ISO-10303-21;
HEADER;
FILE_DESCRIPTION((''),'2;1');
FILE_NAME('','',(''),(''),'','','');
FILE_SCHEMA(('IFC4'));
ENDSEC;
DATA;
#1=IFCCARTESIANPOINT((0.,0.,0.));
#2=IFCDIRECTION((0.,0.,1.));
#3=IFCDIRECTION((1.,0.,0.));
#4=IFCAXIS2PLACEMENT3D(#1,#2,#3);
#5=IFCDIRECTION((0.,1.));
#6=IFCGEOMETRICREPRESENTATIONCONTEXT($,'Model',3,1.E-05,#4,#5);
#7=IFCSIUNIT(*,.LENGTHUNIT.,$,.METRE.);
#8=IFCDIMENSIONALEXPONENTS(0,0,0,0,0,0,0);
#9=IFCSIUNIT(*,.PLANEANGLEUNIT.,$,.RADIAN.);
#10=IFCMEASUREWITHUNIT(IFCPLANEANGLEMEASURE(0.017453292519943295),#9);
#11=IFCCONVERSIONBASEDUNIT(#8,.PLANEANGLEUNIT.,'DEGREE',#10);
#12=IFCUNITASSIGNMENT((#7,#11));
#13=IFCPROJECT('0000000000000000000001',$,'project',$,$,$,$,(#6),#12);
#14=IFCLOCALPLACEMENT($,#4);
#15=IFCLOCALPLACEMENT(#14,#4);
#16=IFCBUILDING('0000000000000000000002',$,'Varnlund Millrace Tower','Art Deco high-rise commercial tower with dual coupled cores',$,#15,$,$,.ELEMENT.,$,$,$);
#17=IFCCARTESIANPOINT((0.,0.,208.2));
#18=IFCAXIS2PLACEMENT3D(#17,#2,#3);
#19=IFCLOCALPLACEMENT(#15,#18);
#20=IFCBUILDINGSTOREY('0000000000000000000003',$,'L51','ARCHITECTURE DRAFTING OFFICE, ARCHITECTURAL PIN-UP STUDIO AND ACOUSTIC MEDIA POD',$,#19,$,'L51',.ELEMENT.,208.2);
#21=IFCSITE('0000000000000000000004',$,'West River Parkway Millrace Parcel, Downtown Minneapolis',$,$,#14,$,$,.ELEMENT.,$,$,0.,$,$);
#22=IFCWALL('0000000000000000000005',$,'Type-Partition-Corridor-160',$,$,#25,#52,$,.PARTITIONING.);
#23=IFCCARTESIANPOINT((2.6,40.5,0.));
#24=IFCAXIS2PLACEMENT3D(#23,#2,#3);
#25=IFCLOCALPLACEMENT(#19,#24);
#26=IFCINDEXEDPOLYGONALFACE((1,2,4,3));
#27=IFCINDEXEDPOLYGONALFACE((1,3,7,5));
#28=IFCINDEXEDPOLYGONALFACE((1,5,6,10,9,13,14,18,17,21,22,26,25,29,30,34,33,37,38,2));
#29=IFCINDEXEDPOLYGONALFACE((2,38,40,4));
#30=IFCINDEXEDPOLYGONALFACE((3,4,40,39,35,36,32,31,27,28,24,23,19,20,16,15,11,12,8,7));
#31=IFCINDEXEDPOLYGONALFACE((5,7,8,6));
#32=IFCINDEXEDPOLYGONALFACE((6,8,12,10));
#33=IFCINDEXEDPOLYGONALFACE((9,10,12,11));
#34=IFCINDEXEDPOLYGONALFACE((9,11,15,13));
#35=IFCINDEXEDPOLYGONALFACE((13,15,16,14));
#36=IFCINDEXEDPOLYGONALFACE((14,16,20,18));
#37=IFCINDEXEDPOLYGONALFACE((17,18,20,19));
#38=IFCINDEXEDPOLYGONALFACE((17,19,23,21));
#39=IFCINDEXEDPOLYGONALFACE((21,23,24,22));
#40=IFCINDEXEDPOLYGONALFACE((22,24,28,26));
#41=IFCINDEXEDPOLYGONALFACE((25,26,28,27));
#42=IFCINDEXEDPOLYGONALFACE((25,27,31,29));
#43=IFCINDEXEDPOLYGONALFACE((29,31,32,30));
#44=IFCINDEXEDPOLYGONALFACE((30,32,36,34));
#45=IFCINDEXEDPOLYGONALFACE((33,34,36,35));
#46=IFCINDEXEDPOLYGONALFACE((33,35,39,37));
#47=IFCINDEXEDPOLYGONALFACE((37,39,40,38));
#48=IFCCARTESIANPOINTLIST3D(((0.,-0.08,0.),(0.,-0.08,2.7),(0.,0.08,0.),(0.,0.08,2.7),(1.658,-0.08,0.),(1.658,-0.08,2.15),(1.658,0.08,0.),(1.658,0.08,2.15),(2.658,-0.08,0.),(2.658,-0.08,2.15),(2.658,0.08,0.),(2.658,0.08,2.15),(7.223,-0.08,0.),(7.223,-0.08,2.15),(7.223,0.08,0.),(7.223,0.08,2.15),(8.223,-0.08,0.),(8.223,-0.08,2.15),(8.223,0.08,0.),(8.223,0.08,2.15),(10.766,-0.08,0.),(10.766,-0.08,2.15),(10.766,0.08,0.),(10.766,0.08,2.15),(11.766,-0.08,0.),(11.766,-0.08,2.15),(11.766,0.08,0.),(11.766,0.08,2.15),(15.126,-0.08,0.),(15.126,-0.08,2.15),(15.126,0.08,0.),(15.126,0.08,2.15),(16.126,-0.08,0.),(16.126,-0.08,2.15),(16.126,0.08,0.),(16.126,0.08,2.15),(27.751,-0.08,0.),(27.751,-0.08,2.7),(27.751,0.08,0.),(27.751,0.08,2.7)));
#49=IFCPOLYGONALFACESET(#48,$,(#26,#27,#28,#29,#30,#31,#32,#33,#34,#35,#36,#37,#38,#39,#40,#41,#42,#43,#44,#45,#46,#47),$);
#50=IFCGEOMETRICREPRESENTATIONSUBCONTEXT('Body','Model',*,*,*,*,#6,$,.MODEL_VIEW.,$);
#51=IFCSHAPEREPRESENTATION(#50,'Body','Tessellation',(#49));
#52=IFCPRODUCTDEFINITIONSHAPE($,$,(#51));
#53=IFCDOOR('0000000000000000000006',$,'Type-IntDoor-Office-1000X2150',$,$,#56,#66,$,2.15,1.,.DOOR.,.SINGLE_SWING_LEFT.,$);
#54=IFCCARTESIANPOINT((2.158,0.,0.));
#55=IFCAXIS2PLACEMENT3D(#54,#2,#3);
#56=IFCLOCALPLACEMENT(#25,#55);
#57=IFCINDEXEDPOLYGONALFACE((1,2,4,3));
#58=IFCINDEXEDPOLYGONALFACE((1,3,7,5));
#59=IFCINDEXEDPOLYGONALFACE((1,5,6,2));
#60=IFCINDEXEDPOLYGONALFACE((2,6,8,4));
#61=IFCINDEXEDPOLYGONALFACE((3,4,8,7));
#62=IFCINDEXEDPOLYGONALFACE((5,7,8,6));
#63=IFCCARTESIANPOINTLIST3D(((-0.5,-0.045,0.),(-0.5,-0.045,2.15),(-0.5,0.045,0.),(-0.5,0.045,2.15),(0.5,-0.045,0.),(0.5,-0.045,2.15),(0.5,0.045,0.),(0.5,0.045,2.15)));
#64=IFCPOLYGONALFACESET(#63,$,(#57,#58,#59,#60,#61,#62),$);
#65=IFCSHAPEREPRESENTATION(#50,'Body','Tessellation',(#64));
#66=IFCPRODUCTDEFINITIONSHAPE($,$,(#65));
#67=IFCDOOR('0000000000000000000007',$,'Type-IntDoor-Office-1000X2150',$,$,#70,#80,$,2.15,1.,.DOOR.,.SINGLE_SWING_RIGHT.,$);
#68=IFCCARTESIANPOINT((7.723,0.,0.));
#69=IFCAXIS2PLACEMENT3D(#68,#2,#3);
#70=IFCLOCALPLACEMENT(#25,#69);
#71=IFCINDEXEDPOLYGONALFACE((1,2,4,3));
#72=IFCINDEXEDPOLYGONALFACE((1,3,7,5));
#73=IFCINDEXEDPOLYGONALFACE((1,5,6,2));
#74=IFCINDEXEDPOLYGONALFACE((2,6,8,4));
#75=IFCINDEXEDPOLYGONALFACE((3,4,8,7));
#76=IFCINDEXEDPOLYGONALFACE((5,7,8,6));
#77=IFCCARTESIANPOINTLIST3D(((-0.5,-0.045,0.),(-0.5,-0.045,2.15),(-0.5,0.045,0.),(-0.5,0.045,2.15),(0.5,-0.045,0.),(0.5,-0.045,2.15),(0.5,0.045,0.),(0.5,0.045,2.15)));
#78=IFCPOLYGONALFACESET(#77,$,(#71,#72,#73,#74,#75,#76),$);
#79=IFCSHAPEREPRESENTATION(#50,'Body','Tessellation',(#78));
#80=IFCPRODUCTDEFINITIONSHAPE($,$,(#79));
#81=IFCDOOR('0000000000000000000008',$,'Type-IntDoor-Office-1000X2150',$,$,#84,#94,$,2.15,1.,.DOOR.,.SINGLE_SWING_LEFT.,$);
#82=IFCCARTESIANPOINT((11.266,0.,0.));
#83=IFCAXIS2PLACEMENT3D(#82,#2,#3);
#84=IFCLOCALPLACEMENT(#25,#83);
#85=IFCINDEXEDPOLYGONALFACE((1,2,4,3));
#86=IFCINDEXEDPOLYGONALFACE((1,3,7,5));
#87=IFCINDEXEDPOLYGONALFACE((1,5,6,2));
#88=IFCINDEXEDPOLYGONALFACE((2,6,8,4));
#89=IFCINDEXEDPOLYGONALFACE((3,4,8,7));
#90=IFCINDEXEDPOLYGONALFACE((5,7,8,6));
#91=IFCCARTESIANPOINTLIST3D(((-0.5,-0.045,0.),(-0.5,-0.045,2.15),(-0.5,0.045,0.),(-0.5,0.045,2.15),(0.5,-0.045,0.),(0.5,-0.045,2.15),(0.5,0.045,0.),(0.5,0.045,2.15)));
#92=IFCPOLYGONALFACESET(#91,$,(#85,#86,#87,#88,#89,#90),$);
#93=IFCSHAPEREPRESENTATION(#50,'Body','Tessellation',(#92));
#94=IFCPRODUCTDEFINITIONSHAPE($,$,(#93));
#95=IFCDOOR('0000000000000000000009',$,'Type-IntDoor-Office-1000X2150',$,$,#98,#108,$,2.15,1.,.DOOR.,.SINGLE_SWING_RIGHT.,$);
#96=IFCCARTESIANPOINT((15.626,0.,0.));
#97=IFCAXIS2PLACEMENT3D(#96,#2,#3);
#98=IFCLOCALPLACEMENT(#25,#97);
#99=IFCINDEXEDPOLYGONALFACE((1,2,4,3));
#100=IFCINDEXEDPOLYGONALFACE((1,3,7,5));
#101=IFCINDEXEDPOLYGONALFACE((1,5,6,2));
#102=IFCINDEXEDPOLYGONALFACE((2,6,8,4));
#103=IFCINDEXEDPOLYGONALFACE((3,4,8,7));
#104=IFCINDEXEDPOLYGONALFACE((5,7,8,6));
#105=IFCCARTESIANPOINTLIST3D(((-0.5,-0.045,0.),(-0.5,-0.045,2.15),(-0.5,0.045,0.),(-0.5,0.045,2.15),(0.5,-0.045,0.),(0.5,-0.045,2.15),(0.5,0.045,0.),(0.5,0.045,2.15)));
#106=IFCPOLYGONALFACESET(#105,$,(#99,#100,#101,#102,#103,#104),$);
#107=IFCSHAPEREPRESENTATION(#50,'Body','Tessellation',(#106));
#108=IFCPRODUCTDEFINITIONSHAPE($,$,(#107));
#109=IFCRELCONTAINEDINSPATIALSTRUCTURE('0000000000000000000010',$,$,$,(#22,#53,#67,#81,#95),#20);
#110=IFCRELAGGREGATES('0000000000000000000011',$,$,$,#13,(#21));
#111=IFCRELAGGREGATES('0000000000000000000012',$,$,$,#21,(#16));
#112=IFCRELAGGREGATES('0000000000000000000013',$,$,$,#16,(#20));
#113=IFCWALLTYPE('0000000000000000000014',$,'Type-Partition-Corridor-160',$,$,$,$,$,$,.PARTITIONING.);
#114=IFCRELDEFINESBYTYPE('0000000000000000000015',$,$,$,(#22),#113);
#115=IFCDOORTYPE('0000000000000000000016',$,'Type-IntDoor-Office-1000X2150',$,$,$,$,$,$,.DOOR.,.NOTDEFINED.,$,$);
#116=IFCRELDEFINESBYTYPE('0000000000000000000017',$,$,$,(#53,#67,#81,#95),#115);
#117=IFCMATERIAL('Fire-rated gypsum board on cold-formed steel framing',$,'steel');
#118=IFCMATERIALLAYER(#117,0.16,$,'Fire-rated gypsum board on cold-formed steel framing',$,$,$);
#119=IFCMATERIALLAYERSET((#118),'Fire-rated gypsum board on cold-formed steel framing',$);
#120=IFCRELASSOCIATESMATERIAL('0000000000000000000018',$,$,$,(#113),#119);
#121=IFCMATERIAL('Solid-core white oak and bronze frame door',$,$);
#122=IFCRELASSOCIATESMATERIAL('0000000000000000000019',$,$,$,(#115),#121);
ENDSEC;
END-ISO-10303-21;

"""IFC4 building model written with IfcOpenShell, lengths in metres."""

from ifc_helpers import new_model, entity, si_unit, converted_unit, direction, frame, origin_with_axes, origin_2d_with_axis, place, context, subcontext, project, spatial, polyline, rectangle, outline, extrude, material, layer, layer_set, type_object, element, fill, save


model = new_model("IFC4")

# Units and contexts
model_context = context("Model", 3, precision=1e-05, world=origin_with_axes(), true_north=direction((0.0, 1.0)))
body_context = subcontext(model_context, "Body", "Model", "MODEL_VIEW")
ifc_project = project(units=[si_unit("LENGTHUNIT", "METRE"), converted_unit("PLANEANGLEUNIT", "DEGREE", entity("IfcPlaneAngleMeasure", 0.017453292519943295), si_unit("PLANEANGLEUNIT", "RADIAN"), dimensions=[0, 0, 0, 0, 0, 0, 0])], contexts=[model_context])

# Site, building, storey
site_placement = place(None, origin_with_axes())
site = spatial("IfcSite", under=ifc_project, at=site_placement, Name="West River Parkway Millrace Parcel, Downtown Minneapolis", CompositionType="ELEMENT", RefElevation=0.0)
building_placement = place(site_placement, origin_with_axes())
building = spatial("IfcBuilding", under=site, at=building_placement, Name="Varnlund Millrace Tower", Description="Art Deco high-rise commercial tower with dual coupled cores", CompositionType="ELEMENT")
storey_placement = place(building_placement, frame((0.0, 0.0, 208.2), z_axis=(0.0, 0.0, 1.0), x_axis=(1.0, 0.0, 0.0)))
storey = spatial("IfcBuildingStorey", under=building, at=storey_placement, Name="L51", Description="ARCHITECTURE DRAFTING OFFICE, ARCHITECTURAL PIN-UP STUDIO AND ACOUSTIC MEDIA POD", LongName="L51", CompositionType="ELEMENT", Elevation=208.2)

# Wall, openings, doors
ifc_material_1 = material(Name="Fire-rated gypsum board on cold-formed steel framing", Category="steel")
ifc_layer_1 = layer(ifc_material_1, 0.16, Name="Fire-rated gypsum board on cold-formed steel framing")
ifc_layer_set_1 = layer_set([ifc_layer_1], Name="Fire-rated gypsum board on cold-formed steel framing")
wall_type_1 = type_object("IfcWallType", Name="Type-Partition-Corridor-160", PredefinedType="PARTITIONING", material=ifc_layer_set_1)
wall_1_placement = place(storey_placement, frame((2.6, 40.5, 0.0), z_axis=(0.0, 0.0, 1.0), x_axis=(1.0, 0.0, 0.0)))
wall_1 = element("IfcWall", 1, at=wall_1_placement, inside=storey, type_object=wall_type_1, Name="Type-Partition-Corridor-160", PredefinedType="PARTITIONING", context=body_context, shape_type="SweptSolid", body=[
    extrude(outline(polyline([(0.0, -0.08), (27.751, -0.08), (27.751, 0.08), (0.0, 0.08), (0.0, -0.08)])), origin_with_axes(), (0.0, 0.0, 1.0), 2.7),
])
opening_1_placement = place(wall_1_placement, frame((2.158, 0.0, 0.0), z_axis=(0.0, 0.0, 1.0), x_axis=(1.0, 0.0, 0.0)))
opening_1 = element("IfcOpeningElement", 2, at=opening_1_placement, cuts=wall_1, PredefinedType="OPENING", context=body_context, shape_type="SweptSolid", body=[
    extrude(rectangle(XDim=1.0, YDim=0.18, at=origin_2d_with_axis()), origin_with_axes(), (0.0, 0.0, 1.0), 2.15),
])
opening_2_placement = place(wall_1_placement, frame((7.723, 0.0, 0.0), z_axis=(0.0, 0.0, 1.0), x_axis=(1.0, 0.0, 0.0)))
opening_2 = element("IfcOpeningElement", 3, at=opening_2_placement, cuts=wall_1, PredefinedType="OPENING", context=body_context, shape_type="SweptSolid", body=[
    extrude(rectangle(XDim=1.0, YDim=0.18, at=origin_2d_with_axis()), origin_with_axes(), (0.0, 0.0, 1.0), 2.15),
])
opening_3_placement = place(wall_1_placement, frame((11.266, 0.0, 0.0), z_axis=(0.0, 0.0, 1.0), x_axis=(1.0, 0.0, 0.0)))
opening_3 = element("IfcOpeningElement", 4, at=opening_3_placement, cuts=wall_1, PredefinedType="OPENING", context=body_context, shape_type="SweptSolid", body=[
    extrude(rectangle(XDim=1.0, YDim=0.18, at=origin_2d_with_axis()), origin_with_axes(), (0.0, 0.0, 1.0), 2.15),
])
opening_4_placement = place(wall_1_placement, frame((15.626, 0.0, 0.0), z_axis=(0.0, 0.0, 1.0), x_axis=(1.0, 0.0, 0.0)))
opening_4 = element("IfcOpeningElement", 5, at=opening_4_placement, cuts=wall_1, PredefinedType="OPENING", context=body_context, shape_type="SweptSolid", body=[
    extrude(rectangle(XDim=1.0, YDim=0.18, at=origin_2d_with_axis()), origin_with_axes(), (0.0, 0.0, 1.0), 2.15),
])
ifc_material_2 = material(Name="Solid-core white oak and bronze frame door")
door_type_1 = type_object("IfcDoorType", Name="Type-IntDoor-Office-1000X2150", OperationType="NOTDEFINED", PredefinedType="DOOR", material=ifc_material_2)
door_1_placement = place(wall_1_placement, frame((2.158, 0.0, 0.0), z_axis=(0.0, 0.0, 1.0), x_axis=(1.0, 0.0, 0.0)))
door_1 = element("IfcDoor", 6, at=door_1_placement, inside=storey, type_object=door_type_1, Name="Type-IntDoor-Office-1000X2150", OperationType="SINGLE_SWING_LEFT", OverallHeight=2.15, OverallWidth=1.0, PredefinedType="DOOR", context=body_context, shape_type="SweptSolid", body=[
    extrude(rectangle(XDim=1.0, YDim=0.09, at=origin_2d_with_axis()), origin_with_axes(), (0.0, 0.0, 1.0), 2.15),
])
fill(opening_1, door_1)
door_2_placement = place(wall_1_placement, frame((7.723, 0.0, 0.0), z_axis=(0.0, 0.0, 1.0), x_axis=(1.0, 0.0, 0.0)))
door_2 = element("IfcDoor", 7, at=door_2_placement, inside=storey, type_object=door_type_1, Name="Type-IntDoor-Office-1000X2150", OperationType="SINGLE_SWING_RIGHT", OverallHeight=2.15, OverallWidth=1.0, PredefinedType="DOOR", context=body_context, shape_type="SweptSolid", body=[
    extrude(rectangle(XDim=1.0, YDim=0.09, at=origin_2d_with_axis()), origin_with_axes(), (0.0, 0.0, 1.0), 2.15),
])
fill(opening_2, door_2)
door_3_placement = place(wall_1_placement, frame((11.266, 0.0, 0.0), z_axis=(0.0, 0.0, 1.0), x_axis=(1.0, 0.0, 0.0)))
door_3 = element("IfcDoor", 8, at=door_3_placement, inside=storey, type_object=door_type_1, Name="Type-IntDoor-Office-1000X2150", OperationType="SINGLE_SWING_LEFT", OverallHeight=2.15, OverallWidth=1.0, PredefinedType="DOOR", context=body_context, shape_type="SweptSolid", body=[
    extrude(rectangle(XDim=1.0, YDim=0.09, at=origin_2d_with_axis()), origin_with_axes(), (0.0, 0.0, 1.0), 2.15),
])
fill(opening_3, door_3)
door_4_placement = place(wall_1_placement, frame((15.626, 0.0, 0.0), z_axis=(0.0, 0.0, 1.0), x_axis=(1.0, 0.0, 0.0)))
door_4 = element("IfcDoor", 9, at=door_4_placement, inside=storey, type_object=door_type_1, Name="Type-IntDoor-Office-1000X2150", OperationType="SINGLE_SWING_RIGHT", OverallHeight=2.15, OverallWidth=1.0, PredefinedType="DOOR", context=body_context, shape_type="SweptSolid", body=[
    extrude(rectangle(XDim=1.0, YDim=0.09, at=origin_2d_with_axis()), origin_with_axes(), (0.0, 0.0, 1.0), 2.15),
])
fill(opening_4, door_4)

save(model, "model.ifc")
